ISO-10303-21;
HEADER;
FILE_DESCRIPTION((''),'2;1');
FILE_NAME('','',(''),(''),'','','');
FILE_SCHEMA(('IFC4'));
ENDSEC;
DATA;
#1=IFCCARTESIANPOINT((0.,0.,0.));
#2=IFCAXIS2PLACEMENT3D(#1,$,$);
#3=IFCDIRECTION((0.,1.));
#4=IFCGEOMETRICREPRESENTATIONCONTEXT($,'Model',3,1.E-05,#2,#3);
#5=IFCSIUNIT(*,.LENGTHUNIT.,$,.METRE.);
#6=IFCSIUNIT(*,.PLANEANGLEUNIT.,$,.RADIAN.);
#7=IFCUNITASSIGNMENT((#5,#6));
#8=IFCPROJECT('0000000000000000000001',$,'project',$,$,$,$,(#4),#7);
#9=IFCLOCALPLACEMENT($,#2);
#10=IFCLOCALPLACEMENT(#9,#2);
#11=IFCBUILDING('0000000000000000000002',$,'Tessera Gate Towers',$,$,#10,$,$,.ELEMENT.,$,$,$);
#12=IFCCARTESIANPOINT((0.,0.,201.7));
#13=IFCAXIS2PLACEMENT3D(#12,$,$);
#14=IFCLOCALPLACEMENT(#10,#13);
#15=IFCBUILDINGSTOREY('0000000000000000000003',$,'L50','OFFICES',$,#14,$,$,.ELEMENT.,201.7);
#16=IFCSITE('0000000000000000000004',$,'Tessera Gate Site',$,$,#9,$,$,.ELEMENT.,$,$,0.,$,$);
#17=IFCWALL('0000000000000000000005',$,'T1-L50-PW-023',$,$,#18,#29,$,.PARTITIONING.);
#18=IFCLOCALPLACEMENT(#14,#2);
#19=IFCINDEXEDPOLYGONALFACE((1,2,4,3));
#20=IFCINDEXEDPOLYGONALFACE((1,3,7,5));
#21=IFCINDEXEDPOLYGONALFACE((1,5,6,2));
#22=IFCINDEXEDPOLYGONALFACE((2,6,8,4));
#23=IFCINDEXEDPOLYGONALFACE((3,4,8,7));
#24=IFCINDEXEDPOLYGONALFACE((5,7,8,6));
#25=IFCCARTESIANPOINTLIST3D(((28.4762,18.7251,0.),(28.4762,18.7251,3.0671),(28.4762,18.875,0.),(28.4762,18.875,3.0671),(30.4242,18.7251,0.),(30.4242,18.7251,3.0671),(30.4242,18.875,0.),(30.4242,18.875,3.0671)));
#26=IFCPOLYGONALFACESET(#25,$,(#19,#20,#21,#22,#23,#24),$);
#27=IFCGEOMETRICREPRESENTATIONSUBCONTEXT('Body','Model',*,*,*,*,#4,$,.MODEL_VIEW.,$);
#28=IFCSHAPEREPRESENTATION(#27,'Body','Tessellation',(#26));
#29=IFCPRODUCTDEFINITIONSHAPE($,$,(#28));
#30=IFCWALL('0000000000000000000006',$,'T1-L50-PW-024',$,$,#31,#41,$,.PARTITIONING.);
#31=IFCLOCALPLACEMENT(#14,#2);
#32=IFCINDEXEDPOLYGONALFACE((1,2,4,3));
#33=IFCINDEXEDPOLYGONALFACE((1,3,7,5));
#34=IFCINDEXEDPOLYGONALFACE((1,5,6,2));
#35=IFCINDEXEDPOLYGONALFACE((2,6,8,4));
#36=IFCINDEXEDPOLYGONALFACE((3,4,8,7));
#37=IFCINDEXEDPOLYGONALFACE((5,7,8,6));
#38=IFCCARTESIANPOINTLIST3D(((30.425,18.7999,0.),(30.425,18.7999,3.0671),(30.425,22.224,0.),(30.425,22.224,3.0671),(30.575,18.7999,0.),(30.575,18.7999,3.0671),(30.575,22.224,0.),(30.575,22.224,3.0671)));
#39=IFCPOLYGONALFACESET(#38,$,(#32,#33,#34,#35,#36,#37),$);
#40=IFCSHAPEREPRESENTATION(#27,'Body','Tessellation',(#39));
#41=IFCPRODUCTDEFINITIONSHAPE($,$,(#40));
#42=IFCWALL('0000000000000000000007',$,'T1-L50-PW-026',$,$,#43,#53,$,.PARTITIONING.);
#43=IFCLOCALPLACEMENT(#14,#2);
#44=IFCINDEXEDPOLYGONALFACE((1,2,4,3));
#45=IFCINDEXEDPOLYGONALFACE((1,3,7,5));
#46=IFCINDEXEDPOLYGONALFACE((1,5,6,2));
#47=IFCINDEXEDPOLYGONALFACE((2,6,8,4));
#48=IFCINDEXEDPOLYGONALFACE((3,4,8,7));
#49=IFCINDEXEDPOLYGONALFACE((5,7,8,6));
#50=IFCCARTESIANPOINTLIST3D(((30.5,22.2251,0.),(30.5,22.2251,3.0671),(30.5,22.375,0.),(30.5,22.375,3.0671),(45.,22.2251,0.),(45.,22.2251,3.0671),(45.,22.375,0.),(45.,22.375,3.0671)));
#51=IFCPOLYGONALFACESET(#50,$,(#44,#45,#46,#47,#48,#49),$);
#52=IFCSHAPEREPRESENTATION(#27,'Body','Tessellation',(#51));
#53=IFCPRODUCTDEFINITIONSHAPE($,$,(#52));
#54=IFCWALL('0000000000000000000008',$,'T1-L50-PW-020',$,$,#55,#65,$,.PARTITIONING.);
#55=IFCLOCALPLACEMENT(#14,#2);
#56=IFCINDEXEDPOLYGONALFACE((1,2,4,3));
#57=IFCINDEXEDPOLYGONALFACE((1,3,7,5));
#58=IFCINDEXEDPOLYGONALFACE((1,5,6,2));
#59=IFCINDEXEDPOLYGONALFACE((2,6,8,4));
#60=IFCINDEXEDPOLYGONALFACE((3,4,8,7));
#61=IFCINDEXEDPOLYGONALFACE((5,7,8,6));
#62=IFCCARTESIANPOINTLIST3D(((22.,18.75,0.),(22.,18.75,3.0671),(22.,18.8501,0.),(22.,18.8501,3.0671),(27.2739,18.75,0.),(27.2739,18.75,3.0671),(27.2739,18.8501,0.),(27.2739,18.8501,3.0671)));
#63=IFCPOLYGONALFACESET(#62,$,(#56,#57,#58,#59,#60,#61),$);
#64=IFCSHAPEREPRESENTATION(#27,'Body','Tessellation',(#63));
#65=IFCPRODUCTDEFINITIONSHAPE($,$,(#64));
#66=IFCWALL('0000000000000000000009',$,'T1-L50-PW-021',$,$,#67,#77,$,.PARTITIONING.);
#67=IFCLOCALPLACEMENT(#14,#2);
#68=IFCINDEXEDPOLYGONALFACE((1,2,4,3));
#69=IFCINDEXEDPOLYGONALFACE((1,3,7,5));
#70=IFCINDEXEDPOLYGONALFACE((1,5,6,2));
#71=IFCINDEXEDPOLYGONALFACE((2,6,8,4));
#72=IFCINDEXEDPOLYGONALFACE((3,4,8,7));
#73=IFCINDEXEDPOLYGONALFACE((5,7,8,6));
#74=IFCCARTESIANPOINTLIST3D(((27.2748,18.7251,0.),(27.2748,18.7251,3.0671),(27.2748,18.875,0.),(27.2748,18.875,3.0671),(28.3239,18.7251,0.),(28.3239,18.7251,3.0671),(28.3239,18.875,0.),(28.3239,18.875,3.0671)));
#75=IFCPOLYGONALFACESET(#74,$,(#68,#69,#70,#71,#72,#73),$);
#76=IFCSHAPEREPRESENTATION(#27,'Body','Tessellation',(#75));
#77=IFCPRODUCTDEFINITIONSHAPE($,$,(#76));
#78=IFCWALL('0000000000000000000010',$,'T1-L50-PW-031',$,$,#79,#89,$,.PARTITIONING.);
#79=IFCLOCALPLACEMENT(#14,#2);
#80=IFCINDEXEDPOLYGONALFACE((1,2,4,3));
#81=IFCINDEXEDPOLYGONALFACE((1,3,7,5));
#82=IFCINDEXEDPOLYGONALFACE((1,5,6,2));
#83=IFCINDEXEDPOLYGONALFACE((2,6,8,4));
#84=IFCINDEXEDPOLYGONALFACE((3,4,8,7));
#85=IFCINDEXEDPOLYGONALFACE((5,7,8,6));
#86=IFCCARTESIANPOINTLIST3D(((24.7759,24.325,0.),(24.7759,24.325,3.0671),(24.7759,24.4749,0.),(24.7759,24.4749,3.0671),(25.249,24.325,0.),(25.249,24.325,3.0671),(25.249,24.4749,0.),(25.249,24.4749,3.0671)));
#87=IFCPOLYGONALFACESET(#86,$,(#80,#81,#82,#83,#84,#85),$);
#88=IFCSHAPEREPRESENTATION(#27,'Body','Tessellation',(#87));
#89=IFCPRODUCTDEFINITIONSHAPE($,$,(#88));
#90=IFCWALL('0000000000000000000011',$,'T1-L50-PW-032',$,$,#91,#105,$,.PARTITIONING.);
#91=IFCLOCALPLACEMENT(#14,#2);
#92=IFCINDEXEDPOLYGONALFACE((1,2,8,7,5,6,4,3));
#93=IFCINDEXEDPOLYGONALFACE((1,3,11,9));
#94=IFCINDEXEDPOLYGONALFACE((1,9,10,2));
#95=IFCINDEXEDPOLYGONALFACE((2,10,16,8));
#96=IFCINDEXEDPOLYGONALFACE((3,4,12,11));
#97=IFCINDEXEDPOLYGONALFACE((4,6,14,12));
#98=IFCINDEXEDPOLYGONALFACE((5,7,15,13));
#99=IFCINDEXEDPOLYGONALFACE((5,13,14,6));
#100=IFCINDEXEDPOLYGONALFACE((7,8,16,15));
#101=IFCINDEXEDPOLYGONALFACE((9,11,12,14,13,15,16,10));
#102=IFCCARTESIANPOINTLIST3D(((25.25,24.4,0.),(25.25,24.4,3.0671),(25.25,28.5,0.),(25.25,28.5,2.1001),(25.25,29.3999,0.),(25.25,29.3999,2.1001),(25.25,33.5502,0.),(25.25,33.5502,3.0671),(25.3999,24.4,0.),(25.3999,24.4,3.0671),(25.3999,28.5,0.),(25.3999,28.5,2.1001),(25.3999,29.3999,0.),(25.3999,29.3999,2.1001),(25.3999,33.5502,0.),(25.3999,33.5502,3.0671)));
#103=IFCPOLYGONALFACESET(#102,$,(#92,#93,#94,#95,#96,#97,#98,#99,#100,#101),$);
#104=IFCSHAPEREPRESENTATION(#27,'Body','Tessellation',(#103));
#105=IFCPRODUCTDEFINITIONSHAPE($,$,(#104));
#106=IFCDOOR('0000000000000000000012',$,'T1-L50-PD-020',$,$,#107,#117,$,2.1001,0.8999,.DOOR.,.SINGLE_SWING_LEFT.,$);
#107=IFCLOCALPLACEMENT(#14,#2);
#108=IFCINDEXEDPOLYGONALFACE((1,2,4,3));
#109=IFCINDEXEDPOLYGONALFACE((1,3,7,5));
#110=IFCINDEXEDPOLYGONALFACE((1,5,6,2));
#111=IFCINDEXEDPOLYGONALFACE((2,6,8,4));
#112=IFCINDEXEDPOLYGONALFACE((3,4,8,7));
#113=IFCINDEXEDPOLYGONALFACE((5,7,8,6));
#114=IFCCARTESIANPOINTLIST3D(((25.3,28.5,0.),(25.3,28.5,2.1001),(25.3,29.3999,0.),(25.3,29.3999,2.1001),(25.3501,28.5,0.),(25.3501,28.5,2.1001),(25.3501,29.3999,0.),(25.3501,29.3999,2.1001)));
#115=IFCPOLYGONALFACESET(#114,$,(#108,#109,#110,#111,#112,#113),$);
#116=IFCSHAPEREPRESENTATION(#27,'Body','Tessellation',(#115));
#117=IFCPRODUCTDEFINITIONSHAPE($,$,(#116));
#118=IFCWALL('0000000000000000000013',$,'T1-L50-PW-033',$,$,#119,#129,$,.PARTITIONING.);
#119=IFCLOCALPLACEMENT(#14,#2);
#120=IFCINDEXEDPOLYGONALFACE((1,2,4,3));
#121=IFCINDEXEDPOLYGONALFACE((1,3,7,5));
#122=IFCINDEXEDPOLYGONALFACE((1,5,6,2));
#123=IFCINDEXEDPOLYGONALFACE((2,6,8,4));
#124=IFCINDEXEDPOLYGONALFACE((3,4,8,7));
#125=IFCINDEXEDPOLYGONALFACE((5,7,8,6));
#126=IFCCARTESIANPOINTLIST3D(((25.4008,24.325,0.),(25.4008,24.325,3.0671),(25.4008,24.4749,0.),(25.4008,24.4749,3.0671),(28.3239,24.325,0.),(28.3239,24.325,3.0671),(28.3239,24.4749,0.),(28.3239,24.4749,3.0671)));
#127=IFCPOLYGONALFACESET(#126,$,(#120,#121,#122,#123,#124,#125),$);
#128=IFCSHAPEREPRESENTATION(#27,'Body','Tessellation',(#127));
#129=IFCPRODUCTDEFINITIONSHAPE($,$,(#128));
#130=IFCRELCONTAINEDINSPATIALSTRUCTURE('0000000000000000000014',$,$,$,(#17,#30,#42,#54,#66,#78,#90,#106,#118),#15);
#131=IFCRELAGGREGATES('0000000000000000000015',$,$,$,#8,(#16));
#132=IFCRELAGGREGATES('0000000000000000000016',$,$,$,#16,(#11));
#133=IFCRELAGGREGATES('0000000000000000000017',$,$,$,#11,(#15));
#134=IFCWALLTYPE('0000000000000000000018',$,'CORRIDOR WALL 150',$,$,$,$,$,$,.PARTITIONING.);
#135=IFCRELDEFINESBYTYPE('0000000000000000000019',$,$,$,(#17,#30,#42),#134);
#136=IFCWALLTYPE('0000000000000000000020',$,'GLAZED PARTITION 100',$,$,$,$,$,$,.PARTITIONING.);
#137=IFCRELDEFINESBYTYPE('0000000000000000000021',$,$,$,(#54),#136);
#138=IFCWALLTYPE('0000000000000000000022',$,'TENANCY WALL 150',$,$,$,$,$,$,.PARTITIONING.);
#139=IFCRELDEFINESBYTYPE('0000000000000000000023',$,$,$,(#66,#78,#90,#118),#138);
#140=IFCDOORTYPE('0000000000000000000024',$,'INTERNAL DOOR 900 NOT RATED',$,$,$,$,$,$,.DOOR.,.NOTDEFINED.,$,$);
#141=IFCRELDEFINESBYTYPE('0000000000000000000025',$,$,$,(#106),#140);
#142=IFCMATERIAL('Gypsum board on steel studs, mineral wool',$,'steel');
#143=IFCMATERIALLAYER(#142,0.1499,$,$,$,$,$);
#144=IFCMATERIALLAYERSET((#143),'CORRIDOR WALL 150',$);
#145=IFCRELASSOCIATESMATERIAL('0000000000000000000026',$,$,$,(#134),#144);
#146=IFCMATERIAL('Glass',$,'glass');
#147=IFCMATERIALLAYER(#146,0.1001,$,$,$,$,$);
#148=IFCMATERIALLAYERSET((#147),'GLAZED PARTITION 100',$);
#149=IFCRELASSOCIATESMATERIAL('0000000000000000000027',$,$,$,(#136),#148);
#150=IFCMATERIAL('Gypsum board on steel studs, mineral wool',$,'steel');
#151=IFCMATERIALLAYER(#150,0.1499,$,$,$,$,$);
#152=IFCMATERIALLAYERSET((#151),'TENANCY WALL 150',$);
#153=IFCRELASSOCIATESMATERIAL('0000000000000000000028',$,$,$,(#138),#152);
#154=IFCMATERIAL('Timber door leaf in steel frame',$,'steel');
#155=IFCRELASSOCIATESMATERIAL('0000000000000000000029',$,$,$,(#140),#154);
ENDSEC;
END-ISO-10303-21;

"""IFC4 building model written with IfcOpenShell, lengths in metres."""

from ifc_helpers import new_model, si_unit, direction, frame, frame_2d, origin, place, context, subcontext, project, spatial, rectangle, extrude, source, transform, mapped, material, layer, layer_set, type_object, element, fill, save


model = new_model("IFC4")

# Units and contexts
model_context = context("Model", 3, precision=1e-05, world=origin(), true_north=direction((0.0, 1.0)))
body_context = subcontext(model_context, "Body", "Model", "MODEL_VIEW")
ifc_project = project(units=[si_unit("LENGTHUNIT", "METRE"), si_unit("PLANEANGLEUNIT", "RADIAN")], contexts=[model_context])

# Site, building, storey
site_placement = place(None, origin())
site = spatial("IfcSite", under=ifc_project, at=site_placement, Name="Tessera Gate Site", CompositionType="ELEMENT", RefElevation=0.0)
building_placement = place(site_placement, origin())
building = spatial("IfcBuilding", under=site, at=building_placement, Name="Tessera Gate Towers", CompositionType="ELEMENT")
storey_placement = place(building_placement, frame((0.0, 0.0, 201.7)))
storey = spatial("IfcBuildingStorey", under=building, at=storey_placement, Name="L50", Description="OFFICES", CompositionType="ELEMENT", Elevation=201.7)

# Shared definitions
ifc_material_1 = material(Name="Gypsum board on steel studs, mineral wool", Category="steel")
ifc_layer_1 = layer(ifc_material_1, 0.1499)
ifc_layer_set_1 = layer_set([ifc_layer_1], Name="CORRIDOR WALL 150")
wall_type_1 = type_object("IfcWallType", Name="CORRIDOR WALL 150", PredefinedType="PARTITIONING", material=ifc_layer_set_1)
shared_shape_1 = source(origin(), body_context, "Body", "SweptSolid", [
    extrude(rectangle(XDim=0.8999, YDim=2.1001, at=frame_2d((0.45, 1.05))), frame((0.0, 0.085, 0.0), z_axis=(0.0, -1.0, 0.0), x_axis=(1.0, 0.0, 0.0)), (0.0, 0.0, 1.0), 0.1699),
])
shared_shape_2 = source(origin(), body_context, "Body", "SweptSolid", [
    extrude(rectangle(XDim=0.8999, YDim=2.1001, at=frame_2d((0.45, 1.05))), frame((0.0, 0.0249, 0.0), z_axis=(0.0, -1.0, 0.0), x_axis=(1.0, 0.0, 0.0)), (0.0, 0.0, 1.0), 0.05),
])

# Walls
wall_1_placement = place(storey_placement, frame((28.4761, 18.8, 0.0), z_axis=(0.0, 0.0, 1.0), x_axis=(1.0, 0.0, 0.0)))
element("IfcWall", 1, at=wall_1_placement, inside=storey, type_object=wall_type_1, Name="T1-L50-PW-023", PredefinedType="PARTITIONING", context=body_context, shape_type="SweptSolid", body=[
    extrude(rectangle(XDim=1.948, YDim=0.1499, at=frame_2d((0.9741, 0.0))), origin(), (0.0, 0.0, 1.0), 3.0671),
])
wall_2_placement = place(storey_placement, frame((30.5, 18.8, 0.0), z_axis=(0.0, 0.0, 1.0), x_axis=(0.0, 1.0, 0.0)))
element("IfcWall", 2, at=wall_2_placement, inside=storey, type_object=wall_type_1, Name="T1-L50-PW-024", PredefinedType="PARTITIONING", context=body_context, shape_type="SweptSolid", body=[
    extrude(rectangle(XDim=3.4241, YDim=0.1499, at=frame_2d((1.7119, 0.0))), origin(), (0.0, 0.0, 1.0), 3.0671),
])
wall_3_placement = place(storey_placement, frame((30.5, 22.3, 0.0), z_axis=(0.0, 0.0, 1.0), x_axis=(1.0, 0.0, 0.0)))
element("IfcWall", 3, at=wall_3_placement, inside=storey, type_object=wall_type_1, Name="T1-L50-PW-026", PredefinedType="PARTITIONING", context=body_context, shape_type="SweptSolid", body=[
    extrude(rectangle(XDim=14.5, YDim=0.1499, at=frame_2d((7.25, 0.0))), origin(), (0.0, 0.0, 1.0), 3.0671),
])
ifc_material_2 = material(Name="Glass", Category="glass")
ifc_layer_2 = layer(ifc_material_2, 0.1001)
ifc_layer_set_2 = layer_set([ifc_layer_2], Name="GLAZED PARTITION 100")
wall_type_2 = type_object("IfcWallType", Name="GLAZED PARTITION 100", PredefinedType="PARTITIONING", material=ifc_layer_set_2)
wall_4_placement = place(storey_placement, frame((22.0, 18.8, 0.0), z_axis=(0.0, 0.0, 1.0), x_axis=(1.0, 0.0, 0.0)))
element("IfcWall", 4, at=wall_4_placement, inside=storey, type_object=wall_type_2, Name="T1-L50-PW-020", PredefinedType="PARTITIONING", context=body_context, shape_type="SweptSolid", body=[
    extrude(rectangle(XDim=5.2739, YDim=0.1001, at=frame_2d((2.637, 0.0))), origin(), (0.0, 0.0, 1.0), 3.0671),
])
ifc_material_3 = material(Name="Gypsum board on steel studs, mineral wool", Category="steel")
ifc_layer_3 = layer(ifc_material_3, 0.1499)
ifc_layer_set_3 = layer_set([ifc_layer_3], Name="TENANCY WALL 150")
wall_type_3 = type_object("IfcWallType", Name="TENANCY WALL 150", PredefinedType="PARTITIONING", material=ifc_layer_set_3)
wall_5_placement = place(storey_placement, frame((27.2749, 18.8, 0.0), z_axis=(0.0, 0.0, 1.0), x_axis=(1.0, 0.0, 0.0)))
element("IfcWall", 5, at=wall_5_placement, inside=storey, type_object=wall_type_3, Name="T1-L50-PW-021", PredefinedType="PARTITIONING", context=body_context, shape_type="SweptSolid", body=[
    extrude(rectangle(XDim=1.0491, YDim=0.1499, at=frame_2d((0.5244, 0.0))), origin(), (0.0, 0.0, 1.0), 3.0671),
])
wall_6_placement = place(storey_placement, frame((24.7759, 24.3999, 0.0), z_axis=(0.0, 0.0, 1.0), x_axis=(1.0, 0.0, 0.0)))
element("IfcWall", 6, at=wall_6_placement, inside=storey, type_object=wall_type_3, Name="T1-L50-PW-031", PredefinedType="PARTITIONING", context=body_context, shape_type="SweptSolid", body=[
    extrude(rectangle(XDim=0.4731, YDim=0.1499, at=frame_2d((0.2366, 0.0))), origin(), (0.0, 0.0, 1.0), 3.0671),
])

# Wall, opening, door
wall_7_placement = place(storey_placement, frame((25.325, 24.3999, 0.0), z_axis=(0.0, 0.0, 1.0), x_axis=(0.0, 1.0, 0.0)))
wall_7 = element("IfcWall", 7, at=wall_7_placement, inside=storey, type_object=wall_type_3, Name="T1-L50-PW-032", PredefinedType="PARTITIONING", context=body_context, shape_type="SweptSolid", body=[
    extrude(rectangle(XDim=9.1501, YDim=0.1499, at=frame_2d((4.5752, 0.0))), origin(), (0.0, 0.0, 1.0), 3.0671),
])
opening_1_placement = place(wall_7_placement, frame((4.1001, 0.0, 0.0)))
opening_1 = element("IfcOpeningElement", 8, at=opening_1_placement, cuts=wall_7, PredefinedType="OPENING", context=body_context, shape_type="MappedRepresentation", body=[
    mapped(shared_shape_1, transform((0.0, 0.0, 0.0), scale=1.0)),
])
ifc_material_4 = material(Name="Timber door leaf in steel frame", Category="steel")
door_type_1 = type_object("IfcDoorType", Name="INTERNAL DOOR 900 NOT RATED", OperationType="NOTDEFINED", PredefinedType="DOOR", material=ifc_material_4)
door_1_placement = place(opening_1_placement, origin())
door_1 = element("IfcDoor", 9, at=door_1_placement, inside=storey, type_object=door_type_1, Name="T1-L50-PD-020", OperationType="SINGLE_SWING_LEFT", OverallHeight=2.1001, OverallWidth=0.8999, PredefinedType="DOOR", context=body_context, shape_type="MappedRepresentation", body=[
    mapped(shared_shape_2, transform((0.0, 0.0, 0.0), scale=1.0)),
])
fill(opening_1, door_1)

# Wall
wall_8_placement = place(storey_placement, frame((25.4009, 24.3999, 0.0), z_axis=(0.0, 0.0, 1.0), x_axis=(1.0, 0.0, 0.0)))
element("IfcWall", 10, at=wall_8_placement, inside=storey, type_object=wall_type_3, Name="T1-L50-PW-033", PredefinedType="PARTITIONING", context=body_context, shape_type="SweptSolid", body=[
    extrude(rectangle(XDim=2.9231, YDim=0.1499, at=frame_2d((1.4614, 0.0))), origin(), (0.0, 0.0, 1.0), 3.0671),
])

save(model, "model.ifc")
